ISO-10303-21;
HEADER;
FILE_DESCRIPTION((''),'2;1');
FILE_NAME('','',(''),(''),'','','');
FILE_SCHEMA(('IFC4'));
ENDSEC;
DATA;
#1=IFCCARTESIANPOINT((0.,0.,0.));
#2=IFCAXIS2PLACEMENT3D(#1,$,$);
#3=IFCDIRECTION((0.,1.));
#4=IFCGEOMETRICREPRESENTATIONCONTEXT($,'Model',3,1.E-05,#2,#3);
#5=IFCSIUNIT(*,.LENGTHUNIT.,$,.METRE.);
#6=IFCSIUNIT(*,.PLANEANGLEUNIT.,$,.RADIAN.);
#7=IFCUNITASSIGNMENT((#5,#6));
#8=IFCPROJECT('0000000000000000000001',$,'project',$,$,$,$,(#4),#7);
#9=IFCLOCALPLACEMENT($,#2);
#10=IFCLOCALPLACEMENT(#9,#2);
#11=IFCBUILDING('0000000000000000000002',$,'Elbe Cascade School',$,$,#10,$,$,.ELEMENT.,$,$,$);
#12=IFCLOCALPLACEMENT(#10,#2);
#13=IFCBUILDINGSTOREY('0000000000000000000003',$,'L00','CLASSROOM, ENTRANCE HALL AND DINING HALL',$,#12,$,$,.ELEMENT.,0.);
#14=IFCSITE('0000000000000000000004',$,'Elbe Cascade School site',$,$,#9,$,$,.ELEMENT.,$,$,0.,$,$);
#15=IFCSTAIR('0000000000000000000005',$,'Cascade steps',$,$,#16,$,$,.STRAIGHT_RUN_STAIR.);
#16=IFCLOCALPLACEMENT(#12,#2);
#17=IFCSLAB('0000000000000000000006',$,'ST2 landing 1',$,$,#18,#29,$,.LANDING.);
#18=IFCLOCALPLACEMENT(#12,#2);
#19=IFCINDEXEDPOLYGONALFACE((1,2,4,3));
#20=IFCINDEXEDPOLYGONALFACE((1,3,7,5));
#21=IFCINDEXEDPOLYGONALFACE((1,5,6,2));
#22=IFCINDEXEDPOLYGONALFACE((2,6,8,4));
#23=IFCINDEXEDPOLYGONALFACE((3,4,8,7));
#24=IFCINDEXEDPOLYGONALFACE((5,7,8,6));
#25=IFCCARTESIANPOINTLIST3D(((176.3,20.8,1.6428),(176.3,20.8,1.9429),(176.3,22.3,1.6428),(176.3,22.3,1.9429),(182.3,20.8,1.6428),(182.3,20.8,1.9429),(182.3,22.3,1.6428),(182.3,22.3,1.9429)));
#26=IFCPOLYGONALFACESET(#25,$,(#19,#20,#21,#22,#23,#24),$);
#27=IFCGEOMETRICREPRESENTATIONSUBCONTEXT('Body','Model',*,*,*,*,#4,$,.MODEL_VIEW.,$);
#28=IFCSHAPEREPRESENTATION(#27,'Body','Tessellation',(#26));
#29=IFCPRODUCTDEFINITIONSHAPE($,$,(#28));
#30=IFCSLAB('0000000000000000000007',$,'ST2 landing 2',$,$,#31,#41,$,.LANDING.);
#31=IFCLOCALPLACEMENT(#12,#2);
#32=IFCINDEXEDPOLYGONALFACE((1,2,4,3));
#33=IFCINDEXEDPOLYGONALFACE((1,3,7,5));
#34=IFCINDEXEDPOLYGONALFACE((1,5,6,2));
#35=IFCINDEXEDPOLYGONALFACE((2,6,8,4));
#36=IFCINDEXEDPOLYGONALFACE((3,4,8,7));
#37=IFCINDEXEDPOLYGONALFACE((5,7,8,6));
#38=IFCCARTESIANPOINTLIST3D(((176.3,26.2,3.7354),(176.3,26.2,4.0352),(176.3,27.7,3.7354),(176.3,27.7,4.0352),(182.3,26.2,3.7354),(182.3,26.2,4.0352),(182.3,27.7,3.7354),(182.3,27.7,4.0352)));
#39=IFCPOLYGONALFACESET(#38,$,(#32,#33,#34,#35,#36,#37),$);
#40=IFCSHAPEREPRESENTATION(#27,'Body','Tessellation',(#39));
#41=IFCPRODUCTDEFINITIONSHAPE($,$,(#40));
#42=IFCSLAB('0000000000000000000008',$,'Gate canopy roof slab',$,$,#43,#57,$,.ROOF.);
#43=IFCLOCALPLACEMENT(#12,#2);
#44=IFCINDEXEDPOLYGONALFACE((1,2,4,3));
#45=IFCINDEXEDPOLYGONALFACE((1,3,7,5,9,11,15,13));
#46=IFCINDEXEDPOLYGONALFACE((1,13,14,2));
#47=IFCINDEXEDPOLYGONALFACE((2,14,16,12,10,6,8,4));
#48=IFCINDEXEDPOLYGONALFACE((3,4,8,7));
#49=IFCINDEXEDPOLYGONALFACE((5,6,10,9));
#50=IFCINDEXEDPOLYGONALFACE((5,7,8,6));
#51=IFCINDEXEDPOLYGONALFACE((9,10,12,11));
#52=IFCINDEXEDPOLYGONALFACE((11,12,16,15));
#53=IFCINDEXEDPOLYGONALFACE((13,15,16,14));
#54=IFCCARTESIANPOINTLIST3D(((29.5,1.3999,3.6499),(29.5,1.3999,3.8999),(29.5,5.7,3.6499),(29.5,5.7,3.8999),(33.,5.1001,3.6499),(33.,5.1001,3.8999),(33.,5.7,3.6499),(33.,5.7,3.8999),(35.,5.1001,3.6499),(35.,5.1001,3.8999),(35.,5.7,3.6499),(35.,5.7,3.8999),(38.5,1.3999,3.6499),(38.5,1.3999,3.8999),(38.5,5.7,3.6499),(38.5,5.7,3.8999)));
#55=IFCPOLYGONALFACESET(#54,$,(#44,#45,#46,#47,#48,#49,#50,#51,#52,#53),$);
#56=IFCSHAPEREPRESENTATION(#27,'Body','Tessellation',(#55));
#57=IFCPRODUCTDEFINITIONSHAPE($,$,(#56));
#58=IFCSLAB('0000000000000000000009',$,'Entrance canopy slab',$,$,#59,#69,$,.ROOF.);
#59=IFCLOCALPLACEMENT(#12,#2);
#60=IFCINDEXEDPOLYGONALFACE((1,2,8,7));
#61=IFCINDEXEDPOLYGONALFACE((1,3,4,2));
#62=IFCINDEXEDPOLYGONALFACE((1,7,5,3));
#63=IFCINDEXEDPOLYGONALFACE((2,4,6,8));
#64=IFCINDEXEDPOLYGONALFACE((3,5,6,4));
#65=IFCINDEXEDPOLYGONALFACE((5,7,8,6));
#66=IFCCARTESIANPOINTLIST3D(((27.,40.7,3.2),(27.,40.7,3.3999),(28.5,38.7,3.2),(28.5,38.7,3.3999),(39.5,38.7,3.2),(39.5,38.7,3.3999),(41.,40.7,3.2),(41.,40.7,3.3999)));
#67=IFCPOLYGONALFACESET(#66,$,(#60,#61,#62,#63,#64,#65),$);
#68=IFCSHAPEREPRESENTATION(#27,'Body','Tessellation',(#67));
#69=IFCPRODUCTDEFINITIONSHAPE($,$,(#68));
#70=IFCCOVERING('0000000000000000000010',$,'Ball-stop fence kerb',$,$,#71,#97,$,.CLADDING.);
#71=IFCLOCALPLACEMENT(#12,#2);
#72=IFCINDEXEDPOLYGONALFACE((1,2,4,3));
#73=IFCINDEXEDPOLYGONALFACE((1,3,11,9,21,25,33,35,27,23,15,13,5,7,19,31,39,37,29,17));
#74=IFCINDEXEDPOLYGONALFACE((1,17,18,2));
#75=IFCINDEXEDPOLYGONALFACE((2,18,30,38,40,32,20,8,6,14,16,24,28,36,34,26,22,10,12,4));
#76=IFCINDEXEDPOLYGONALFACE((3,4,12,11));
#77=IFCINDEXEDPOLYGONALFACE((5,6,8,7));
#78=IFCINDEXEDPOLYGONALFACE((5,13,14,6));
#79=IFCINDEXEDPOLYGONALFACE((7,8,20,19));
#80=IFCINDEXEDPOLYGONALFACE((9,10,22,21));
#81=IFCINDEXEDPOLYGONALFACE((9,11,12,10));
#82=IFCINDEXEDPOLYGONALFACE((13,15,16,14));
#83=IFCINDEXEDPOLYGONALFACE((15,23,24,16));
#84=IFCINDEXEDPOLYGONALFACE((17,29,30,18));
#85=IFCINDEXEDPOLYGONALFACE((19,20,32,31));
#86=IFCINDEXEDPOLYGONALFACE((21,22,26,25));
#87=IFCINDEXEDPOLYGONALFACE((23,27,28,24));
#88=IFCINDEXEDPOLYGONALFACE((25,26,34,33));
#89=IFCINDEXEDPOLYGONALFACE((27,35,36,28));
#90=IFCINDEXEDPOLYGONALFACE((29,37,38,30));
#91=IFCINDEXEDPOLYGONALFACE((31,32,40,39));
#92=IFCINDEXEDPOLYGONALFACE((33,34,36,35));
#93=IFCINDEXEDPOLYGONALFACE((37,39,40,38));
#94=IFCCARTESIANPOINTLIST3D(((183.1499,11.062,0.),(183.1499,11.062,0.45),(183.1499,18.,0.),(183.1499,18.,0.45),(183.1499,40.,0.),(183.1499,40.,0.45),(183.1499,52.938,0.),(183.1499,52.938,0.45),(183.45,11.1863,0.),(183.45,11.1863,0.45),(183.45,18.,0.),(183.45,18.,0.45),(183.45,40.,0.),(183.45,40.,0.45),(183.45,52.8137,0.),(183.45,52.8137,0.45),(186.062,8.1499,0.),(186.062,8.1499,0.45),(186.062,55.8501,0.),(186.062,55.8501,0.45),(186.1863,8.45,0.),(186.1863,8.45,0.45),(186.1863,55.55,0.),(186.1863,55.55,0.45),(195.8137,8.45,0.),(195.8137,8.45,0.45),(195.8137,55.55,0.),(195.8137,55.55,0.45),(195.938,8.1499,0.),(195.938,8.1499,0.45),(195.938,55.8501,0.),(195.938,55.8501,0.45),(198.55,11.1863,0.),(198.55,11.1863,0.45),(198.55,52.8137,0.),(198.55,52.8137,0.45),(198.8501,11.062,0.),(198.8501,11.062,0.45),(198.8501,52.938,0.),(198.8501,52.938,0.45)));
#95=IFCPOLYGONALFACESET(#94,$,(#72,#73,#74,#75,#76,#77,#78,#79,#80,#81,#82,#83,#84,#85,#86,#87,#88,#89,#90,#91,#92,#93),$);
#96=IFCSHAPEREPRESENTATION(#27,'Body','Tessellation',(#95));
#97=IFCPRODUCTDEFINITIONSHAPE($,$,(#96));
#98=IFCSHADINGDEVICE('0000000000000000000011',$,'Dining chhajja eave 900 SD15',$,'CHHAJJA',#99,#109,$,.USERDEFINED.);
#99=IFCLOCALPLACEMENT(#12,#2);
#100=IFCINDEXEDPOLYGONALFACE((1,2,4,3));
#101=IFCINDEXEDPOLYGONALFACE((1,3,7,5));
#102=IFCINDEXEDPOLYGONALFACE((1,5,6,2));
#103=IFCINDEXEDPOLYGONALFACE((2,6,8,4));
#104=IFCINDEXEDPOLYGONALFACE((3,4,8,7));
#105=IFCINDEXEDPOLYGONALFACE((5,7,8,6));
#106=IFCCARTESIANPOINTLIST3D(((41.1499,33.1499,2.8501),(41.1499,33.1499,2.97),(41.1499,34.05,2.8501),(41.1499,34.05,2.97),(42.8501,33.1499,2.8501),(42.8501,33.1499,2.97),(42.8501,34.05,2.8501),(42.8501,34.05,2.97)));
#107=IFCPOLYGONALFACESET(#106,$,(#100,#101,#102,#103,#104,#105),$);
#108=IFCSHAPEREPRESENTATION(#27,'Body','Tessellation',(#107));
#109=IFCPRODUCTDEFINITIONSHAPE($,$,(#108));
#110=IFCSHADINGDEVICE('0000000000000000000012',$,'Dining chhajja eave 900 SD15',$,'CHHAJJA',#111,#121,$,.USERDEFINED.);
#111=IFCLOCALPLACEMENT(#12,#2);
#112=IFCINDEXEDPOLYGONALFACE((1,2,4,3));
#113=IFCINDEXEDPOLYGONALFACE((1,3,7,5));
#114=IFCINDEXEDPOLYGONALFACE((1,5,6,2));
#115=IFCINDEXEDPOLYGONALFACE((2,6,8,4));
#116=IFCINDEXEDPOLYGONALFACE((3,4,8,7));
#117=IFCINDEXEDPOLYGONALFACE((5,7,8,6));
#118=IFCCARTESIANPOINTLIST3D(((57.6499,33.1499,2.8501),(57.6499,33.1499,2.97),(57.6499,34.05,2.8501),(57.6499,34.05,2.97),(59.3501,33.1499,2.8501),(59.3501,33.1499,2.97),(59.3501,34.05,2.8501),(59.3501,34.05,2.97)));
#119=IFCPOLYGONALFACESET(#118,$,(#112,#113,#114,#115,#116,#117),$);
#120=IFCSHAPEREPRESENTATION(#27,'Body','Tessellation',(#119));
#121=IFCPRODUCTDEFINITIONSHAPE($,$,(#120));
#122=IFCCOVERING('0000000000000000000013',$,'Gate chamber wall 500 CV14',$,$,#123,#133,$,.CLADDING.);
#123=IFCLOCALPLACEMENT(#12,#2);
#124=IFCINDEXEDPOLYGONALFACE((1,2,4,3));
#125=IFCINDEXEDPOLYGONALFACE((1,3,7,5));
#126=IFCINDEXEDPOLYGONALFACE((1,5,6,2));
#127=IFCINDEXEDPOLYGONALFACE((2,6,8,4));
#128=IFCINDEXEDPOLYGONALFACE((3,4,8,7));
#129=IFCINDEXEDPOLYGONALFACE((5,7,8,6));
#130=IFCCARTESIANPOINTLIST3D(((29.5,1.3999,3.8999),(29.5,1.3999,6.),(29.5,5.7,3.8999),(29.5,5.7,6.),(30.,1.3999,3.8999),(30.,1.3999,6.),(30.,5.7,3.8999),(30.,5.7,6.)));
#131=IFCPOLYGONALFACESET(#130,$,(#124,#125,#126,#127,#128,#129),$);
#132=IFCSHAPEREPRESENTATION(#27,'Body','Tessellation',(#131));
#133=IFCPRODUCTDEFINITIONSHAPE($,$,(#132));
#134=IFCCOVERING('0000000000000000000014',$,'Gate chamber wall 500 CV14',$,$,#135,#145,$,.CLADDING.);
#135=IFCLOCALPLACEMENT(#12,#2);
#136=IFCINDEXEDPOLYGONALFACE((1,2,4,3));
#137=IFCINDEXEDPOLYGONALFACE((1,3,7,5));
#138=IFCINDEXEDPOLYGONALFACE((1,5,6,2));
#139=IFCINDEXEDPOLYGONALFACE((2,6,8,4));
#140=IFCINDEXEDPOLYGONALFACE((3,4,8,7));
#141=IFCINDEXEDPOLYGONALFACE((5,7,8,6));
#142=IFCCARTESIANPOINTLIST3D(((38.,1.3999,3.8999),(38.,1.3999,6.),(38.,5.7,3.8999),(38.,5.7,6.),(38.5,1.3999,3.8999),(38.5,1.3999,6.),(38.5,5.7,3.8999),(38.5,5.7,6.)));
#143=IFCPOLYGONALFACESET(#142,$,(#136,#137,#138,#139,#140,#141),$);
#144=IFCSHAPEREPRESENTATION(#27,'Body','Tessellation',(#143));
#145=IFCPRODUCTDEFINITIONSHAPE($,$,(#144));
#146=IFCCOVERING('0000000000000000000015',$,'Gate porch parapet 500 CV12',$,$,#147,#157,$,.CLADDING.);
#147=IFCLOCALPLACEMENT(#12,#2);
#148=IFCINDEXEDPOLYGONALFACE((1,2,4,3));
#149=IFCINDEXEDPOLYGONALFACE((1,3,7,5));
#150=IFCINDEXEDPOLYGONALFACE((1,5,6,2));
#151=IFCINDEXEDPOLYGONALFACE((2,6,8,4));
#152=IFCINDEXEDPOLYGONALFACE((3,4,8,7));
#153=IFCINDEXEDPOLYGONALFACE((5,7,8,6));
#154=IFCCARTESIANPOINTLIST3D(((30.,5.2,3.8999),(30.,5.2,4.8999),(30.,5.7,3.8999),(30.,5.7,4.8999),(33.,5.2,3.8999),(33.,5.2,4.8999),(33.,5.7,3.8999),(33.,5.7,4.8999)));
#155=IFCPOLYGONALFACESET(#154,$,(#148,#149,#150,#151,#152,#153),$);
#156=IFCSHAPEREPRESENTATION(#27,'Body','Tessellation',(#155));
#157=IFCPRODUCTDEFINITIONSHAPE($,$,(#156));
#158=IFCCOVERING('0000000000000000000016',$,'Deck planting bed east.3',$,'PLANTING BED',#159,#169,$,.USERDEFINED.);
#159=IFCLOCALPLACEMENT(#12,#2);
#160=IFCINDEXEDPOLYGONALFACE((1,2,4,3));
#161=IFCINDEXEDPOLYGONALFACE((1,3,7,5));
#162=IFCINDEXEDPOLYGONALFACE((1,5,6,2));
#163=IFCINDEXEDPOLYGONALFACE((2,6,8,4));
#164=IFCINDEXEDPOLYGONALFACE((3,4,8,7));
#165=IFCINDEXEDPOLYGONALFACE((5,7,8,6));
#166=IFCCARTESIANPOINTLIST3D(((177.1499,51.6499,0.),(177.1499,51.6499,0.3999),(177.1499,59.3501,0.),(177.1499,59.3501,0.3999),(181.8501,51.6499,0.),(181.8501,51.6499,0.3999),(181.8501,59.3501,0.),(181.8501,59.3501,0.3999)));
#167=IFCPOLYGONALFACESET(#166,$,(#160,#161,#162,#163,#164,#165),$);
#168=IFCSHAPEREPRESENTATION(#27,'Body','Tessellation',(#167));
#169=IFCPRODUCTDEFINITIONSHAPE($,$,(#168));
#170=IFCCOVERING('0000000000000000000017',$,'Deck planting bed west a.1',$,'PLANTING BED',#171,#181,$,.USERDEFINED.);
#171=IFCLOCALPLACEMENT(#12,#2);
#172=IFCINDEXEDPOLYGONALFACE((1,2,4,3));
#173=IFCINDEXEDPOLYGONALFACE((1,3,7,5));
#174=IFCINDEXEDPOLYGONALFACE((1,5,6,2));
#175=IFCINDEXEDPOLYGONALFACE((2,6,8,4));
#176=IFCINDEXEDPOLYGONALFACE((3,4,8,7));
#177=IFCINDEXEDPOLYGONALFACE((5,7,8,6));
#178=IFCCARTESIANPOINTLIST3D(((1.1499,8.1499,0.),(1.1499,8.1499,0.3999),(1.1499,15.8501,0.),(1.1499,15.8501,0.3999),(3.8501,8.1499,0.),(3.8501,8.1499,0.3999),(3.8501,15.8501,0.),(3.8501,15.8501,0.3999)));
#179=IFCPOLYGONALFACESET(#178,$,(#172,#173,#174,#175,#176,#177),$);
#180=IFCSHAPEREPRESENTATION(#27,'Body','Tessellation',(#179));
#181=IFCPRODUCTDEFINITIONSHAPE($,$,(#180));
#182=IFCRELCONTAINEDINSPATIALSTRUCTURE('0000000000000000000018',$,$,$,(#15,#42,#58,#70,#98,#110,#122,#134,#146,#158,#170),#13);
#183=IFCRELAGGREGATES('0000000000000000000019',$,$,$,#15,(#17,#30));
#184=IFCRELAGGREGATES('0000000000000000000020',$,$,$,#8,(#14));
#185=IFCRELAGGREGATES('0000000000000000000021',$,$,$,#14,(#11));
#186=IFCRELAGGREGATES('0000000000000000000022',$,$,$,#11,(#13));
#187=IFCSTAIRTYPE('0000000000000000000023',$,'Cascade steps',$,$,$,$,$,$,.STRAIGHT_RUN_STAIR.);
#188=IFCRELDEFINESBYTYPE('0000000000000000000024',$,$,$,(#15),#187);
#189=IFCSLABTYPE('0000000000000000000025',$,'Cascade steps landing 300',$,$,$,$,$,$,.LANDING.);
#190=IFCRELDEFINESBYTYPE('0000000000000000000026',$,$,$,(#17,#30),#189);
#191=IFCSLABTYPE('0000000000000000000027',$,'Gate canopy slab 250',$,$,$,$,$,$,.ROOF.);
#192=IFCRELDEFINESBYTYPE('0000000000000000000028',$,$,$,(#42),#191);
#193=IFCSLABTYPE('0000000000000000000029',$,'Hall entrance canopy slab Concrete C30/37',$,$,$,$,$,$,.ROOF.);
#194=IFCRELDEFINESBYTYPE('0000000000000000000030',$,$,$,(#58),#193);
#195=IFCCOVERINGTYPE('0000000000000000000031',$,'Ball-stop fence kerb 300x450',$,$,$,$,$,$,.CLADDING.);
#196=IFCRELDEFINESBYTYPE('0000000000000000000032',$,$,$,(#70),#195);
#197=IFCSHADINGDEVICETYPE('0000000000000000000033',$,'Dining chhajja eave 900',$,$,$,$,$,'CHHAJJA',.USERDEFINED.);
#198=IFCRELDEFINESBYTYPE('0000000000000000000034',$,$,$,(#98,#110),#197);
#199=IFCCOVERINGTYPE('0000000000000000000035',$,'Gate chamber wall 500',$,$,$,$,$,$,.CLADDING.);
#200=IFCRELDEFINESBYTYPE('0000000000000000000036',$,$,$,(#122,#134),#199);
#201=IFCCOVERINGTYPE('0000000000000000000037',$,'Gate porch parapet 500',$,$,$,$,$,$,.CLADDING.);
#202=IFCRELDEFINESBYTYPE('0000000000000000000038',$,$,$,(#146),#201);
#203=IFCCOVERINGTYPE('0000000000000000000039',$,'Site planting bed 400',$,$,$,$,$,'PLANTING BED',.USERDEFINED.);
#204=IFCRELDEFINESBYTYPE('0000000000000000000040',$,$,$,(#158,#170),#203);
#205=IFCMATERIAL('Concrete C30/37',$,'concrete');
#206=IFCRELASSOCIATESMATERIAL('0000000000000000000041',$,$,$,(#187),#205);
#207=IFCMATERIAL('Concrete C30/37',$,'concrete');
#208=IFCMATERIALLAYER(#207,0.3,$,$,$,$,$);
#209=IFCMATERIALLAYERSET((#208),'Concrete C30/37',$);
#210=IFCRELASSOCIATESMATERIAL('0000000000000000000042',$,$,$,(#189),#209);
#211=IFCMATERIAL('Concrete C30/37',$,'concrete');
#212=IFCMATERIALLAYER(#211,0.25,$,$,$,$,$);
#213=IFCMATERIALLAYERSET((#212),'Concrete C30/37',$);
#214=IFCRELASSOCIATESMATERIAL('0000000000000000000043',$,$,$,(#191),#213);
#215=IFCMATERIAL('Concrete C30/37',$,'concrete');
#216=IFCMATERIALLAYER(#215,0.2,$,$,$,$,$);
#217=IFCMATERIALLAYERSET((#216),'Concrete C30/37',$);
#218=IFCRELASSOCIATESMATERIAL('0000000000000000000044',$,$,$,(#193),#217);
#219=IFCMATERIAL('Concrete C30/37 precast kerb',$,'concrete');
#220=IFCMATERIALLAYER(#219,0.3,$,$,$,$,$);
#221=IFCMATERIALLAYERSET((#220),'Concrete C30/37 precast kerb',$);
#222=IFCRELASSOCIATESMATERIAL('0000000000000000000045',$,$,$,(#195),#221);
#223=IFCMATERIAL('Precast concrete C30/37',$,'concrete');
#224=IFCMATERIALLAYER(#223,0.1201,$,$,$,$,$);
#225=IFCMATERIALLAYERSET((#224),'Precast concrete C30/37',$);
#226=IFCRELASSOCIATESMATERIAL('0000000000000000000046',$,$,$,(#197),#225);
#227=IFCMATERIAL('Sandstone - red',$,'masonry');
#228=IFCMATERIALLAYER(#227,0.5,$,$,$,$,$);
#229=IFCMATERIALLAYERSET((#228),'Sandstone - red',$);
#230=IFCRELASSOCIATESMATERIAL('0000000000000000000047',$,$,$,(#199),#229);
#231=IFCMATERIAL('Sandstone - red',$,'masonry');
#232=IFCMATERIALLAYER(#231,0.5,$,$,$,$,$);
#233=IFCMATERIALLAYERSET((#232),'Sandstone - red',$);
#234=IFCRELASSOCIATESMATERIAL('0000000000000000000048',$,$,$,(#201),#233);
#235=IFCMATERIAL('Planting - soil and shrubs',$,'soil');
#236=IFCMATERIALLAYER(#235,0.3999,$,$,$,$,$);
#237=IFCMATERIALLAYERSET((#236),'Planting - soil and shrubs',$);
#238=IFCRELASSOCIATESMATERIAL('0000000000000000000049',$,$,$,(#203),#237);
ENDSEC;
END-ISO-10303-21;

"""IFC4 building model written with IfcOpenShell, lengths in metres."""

from ifc_helpers import new_model, si_unit, direction, frame, origin, place, context, subcontext, project, spatial, polyline, outline, extrude, material, layer, layer_set, type_object, element, aggregate, save


model = new_model("IFC4")

# Units and contexts
model_context = context("Model", 3, precision=1e-05, world=origin(), true_north=direction((0.0, 1.0)))
body_context = subcontext(model_context, "Body", "Model", "MODEL_VIEW")
ifc_project = project(units=[si_unit("LENGTHUNIT", "METRE"), si_unit("PLANEANGLEUNIT", "RADIAN")], contexts=[model_context])

# Site, building, storey
site_placement = place(None, origin())
site = spatial("IfcSite", under=ifc_project, at=site_placement, Name="Elbe Cascade School site", CompositionType="ELEMENT", RefElevation=0.0)
building_placement = place(site_placement, origin())
building = spatial("IfcBuilding", under=site, at=building_placement, Name="Elbe Cascade School", CompositionType="ELEMENT")
storey_placement = place(building_placement, origin())
storey = spatial("IfcBuildingStorey", under=building, at=storey_placement, Name="L00", Description="CLASSROOM, ENTRANCE HALL AND DINING HALL", CompositionType="ELEMENT", Elevation=0.0)

# Stair, slabs
ifc_material_1 = material(Name="Concrete C30/37", Category="concrete")
stair_type = type_object("IfcStairType", Name="Cascade steps", PredefinedType="STRAIGHT_RUN_STAIR", material=ifc_material_1)
stair_placement = place(storey_placement, origin())
stair = element("IfcStair", 1, at=stair_placement, inside=storey, type_object=stair_type, Name="Cascade steps", PredefinedType="STRAIGHT_RUN_STAIR")
ifc_material_2 = material(Name="Concrete C30/37", Category="concrete")
ifc_layer_1 = layer(ifc_material_2, 0.3)
ifc_layer_set_1 = layer_set([ifc_layer_1], Name="Concrete C30/37")
slab_type_1 = type_object("IfcSlabType", Name="Cascade steps landing 300", PredefinedType="LANDING", material=ifc_layer_set_1)
slab_1_placement = place(storey_placement, frame((0.0, 0.0, 1.6428)))
slab_1 = element("IfcSlab", 2, at=slab_1_placement, type_object=slab_type_1, Name="ST2 landing 1", PredefinedType="LANDING", context=body_context, shape_type="SweptSolid", body=[
    extrude(outline(polyline([(176.3, 20.8), (182.3, 20.8), (182.3, 22.3), (176.3, 22.3), (176.3, 20.8)])), origin(), (0.0, 0.0, 1.0), 0.3),
])
slab_2_placement = place(storey_placement, frame((0.0, 0.0, 3.7354)))
slab_2 = element("IfcSlab", 3, at=slab_2_placement, type_object=slab_type_1, Name="ST2 landing 2", PredefinedType="LANDING", context=body_context, shape_type="SweptSolid", body=[
    extrude(outline(polyline([(176.3, 26.2), (182.3, 26.2), (182.3, 27.7), (176.3, 27.7), (176.3, 26.2)])), origin(), (0.0, 0.0, 1.0), 0.2998),
])
aggregate(stair, [slab_1, slab_2])

# Slabs
ifc_material_3 = material(Name="Concrete C30/37", Category="concrete")
ifc_layer_2 = layer(ifc_material_3, 0.25)
ifc_layer_set_2 = layer_set([ifc_layer_2], Name="Concrete C30/37")
slab_type_2 = type_object("IfcSlabType", Name="Gate canopy slab 250", PredefinedType="ROOF", material=ifc_layer_set_2)
slab_3_placement = place(storey_placement, frame((0.0, 0.0, 3.6499)))
element("IfcSlab", 4, at=slab_3_placement, inside=storey, type_object=slab_type_2, Name="Gate canopy roof slab", PredefinedType="ROOF", context=body_context, shape_type="SweptSolid", body=[
    extrude(outline(polyline([(38.5, 5.7), (38.5, 1.3999), (29.5, 1.3999), (29.5, 5.7), (33.0, 5.7), (33.0, 5.1001), (35.0, 5.1001), (35.0, 5.7), (38.5, 5.7)])), origin(), (0.0, 0.0, 1.0), 0.25),
])
ifc_material_4 = material(Name="Concrete C30/37", Category="concrete")
ifc_layer_3 = layer(ifc_material_4, 0.2)
ifc_layer_set_3 = layer_set([ifc_layer_3], Name="Concrete C30/37")
slab_type_3 = type_object("IfcSlabType", Name="Hall entrance canopy slab Concrete C30/37", PredefinedType="ROOF", material=ifc_layer_set_3)
slab_4_placement = place(storey_placement, frame((0.0, 0.0, 3.2)))
element("IfcSlab", 5, at=slab_4_placement, inside=storey, type_object=slab_type_3, Name="Entrance canopy slab", PredefinedType="ROOF", context=body_context, shape_type="SweptSolid", body=[
    extrude(outline(polyline([(27.0, 40.7), (41.0, 40.7), (39.5, 38.7), (28.5, 38.7), (27.0, 40.7)])), origin(), (0.0, 0.0, 1.0), 0.2),
])

# Covering
ifc_material_5 = material(Name="Concrete C30/37 precast kerb", Category="concrete")
ifc_layer_4 = layer(ifc_material_5, 0.3)
ifc_layer_set_4 = layer_set([ifc_layer_4], Name="Concrete C30/37 precast kerb")
covering_type_1 = type_object("IfcCoveringType", Name="Ball-stop fence kerb 300x450", PredefinedType="CLADDING", material=ifc_layer_set_4)
covering_1_placement = place(storey_placement, origin())
element("IfcCovering", 6, at=covering_1_placement, inside=storey, type_object=covering_type_1, Name="Ball-stop fence kerb", PredefinedType="CLADDING", context=body_context, shape_type="SweptSolid", body=[
    extrude(outline(polyline([(183.45, 18.0), (183.1499, 18.0), (183.1499, 11.062), (186.062, 8.1499), (195.938, 8.1499), (198.8501, 11.062), (198.8501, 52.938), (195.938, 55.8501), (186.062, 55.8501), (183.1499, 52.938), (183.1499, 40.0), (183.45, 40.0), (183.45, 52.8137), (186.1863, 55.55), (195.8137, 55.55), (198.55, 52.8137), (198.55, 11.1863), (195.8137, 8.45), (186.1863, 8.45), (183.45, 11.1863), (183.45, 18.0)])), origin(), (0.0, 0.0, 1.0), 0.45),
])

# Shading devices
ifc_material_6 = material(Name="Precast concrete C30/37", Category="concrete")
ifc_layer_5 = layer(ifc_material_6, 0.1201)
ifc_layer_set_5 = layer_set([ifc_layer_5], Name="Precast concrete C30/37")
shading_device_type = type_object("IfcShadingDeviceType", Name="Dining chhajja eave 900", ElementType="CHHAJJA", PredefinedType="USERDEFINED", material=ifc_layer_set_5)
shading_device_1_placement = place(storey_placement, frame((0.0, 0.0, 2.8501)))
element("IfcShadingDevice", 7, at=shading_device_1_placement, inside=storey, type_object=shading_device_type, Name="Dining chhajja eave 900 SD15", ObjectType="CHHAJJA", PredefinedType="USERDEFINED", context=body_context, shape_type="SweptSolid", body=[
    extrude(outline(polyline([(41.1499, 33.1499), (42.8501, 33.1499), (42.8501, 34.05), (41.1499, 34.05), (41.1499, 33.1499)])), origin(), (0.0, 0.0, 1.0), 0.1199),
])
shading_device_2_placement = place(storey_placement, frame((0.0, 0.0, 2.8501)))
element("IfcShadingDevice", 8, at=shading_device_2_placement, inside=storey, type_object=shading_device_type, Name="Dining chhajja eave 900 SD15", ObjectType="CHHAJJA", PredefinedType="USERDEFINED", context=body_context, shape_type="SweptSolid", body=[
    extrude(outline(polyline([(57.6499, 33.1499), (59.3501, 33.1499), (59.3501, 34.05), (57.6499, 34.05), (57.6499, 33.1499)])), origin(), (0.0, 0.0, 1.0), 0.1199),
])

# Coverings
ifc_material_7 = material(Name="Sandstone - red", Category="masonry")
ifc_layer_6 = layer(ifc_material_7, 0.5)
ifc_layer_set_6 = layer_set([ifc_layer_6], Name="Sandstone - red")
covering_type_2 = type_object("IfcCoveringType", Name="Gate chamber wall 500", PredefinedType="CLADDING", material=ifc_layer_set_6)
covering_2_placement = place(storey_placement, frame((0.0, 0.0, 3.8999)))
element("IfcCovering", 9, at=covering_2_placement, inside=storey, type_object=covering_type_2, Name="Gate chamber wall 500 CV14", PredefinedType="CLADDING", context=body_context, shape_type="SweptSolid", body=[
    extrude(outline(polyline([(29.5, 1.3999), (30.0, 1.3999), (30.0, 5.7), (29.5, 5.7), (29.5, 1.3999)])), origin(), (0.0, 0.0, 1.0), 2.1001),
])
covering_3_placement = place(storey_placement, frame((0.0, 0.0, 3.8999)))
element("IfcCovering", 10, at=covering_3_placement, inside=storey, type_object=covering_type_2, Name="Gate chamber wall 500 CV14", PredefinedType="CLADDING", context=body_context, shape_type="SweptSolid", body=[
    extrude(outline(polyline([(38.0, 1.3999), (38.5, 1.3999), (38.5, 5.7), (38.0, 5.7), (38.0, 1.3999)])), origin(), (0.0, 0.0, 1.0), 2.1001),
])
ifc_material_8 = material(Name="Sandstone - red", Category="masonry")
ifc_layer_7 = layer(ifc_material_8, 0.5)
ifc_layer_set_7 = layer_set([ifc_layer_7], Name="Sandstone - red")
covering_type_3 = type_object("IfcCoveringType", Name="Gate porch parapet 500", PredefinedType="CLADDING", material=ifc_layer_set_7)
covering_4_placement = place(storey_placement, frame((0.0, 0.0, 3.8999)))
element("IfcCovering", 11, at=covering_4_placement, inside=storey, type_object=covering_type_3, Name="Gate porch parapet 500 CV12", PredefinedType="CLADDING", context=body_context, shape_type="SweptSolid", body=[
    extrude(outline(polyline([(30.0, 5.2), (33.0, 5.2), (33.0, 5.7), (30.0, 5.7), (30.0, 5.2)])), origin(), (0.0, 0.0, 1.0), 1.0),
])
ifc_material_9 = material(Name="Planting - soil and shrubs", Category="soil")
ifc_layer_8 = layer(ifc_material_9, 0.3999)
ifc_layer_set_8 = layer_set([ifc_layer_8], Name="Planting - soil and shrubs")
covering_type_4 = type_object("IfcCoveringType", Name="Site planting bed 400", ElementType="PLANTING BED", PredefinedType="USERDEFINED", material=ifc_layer_set_8)
covering_5_placement = place(storey_placement, origin())
element("IfcCovering", 12, at=covering_5_placement, inside=storey, type_object=covering_type_4, Name="Deck planting bed east.3", ObjectType="PLANTING BED", PredefinedType="USERDEFINED", context=body_context, shape_type="SweptSolid", body=[
    extrude(outline(polyline([(177.1499, 51.6499), (181.8501, 51.6499), (181.8501, 59.3501), (177.1499, 59.3501), (177.1499, 51.6499)])), origin(), (0.0, 0.0, 1.0), 0.3999),
])
covering_6_placement = place(storey_placement, origin())
element("IfcCovering", 13, at=covering_6_placement, inside=storey, type_object=covering_type_4, Name="Deck planting bed west a.1", ObjectType="PLANTING BED", PredefinedType="USERDEFINED", context=body_context, shape_type="SweptSolid", body=[
    extrude(outline(polyline([(1.1499, 8.1499), (3.8501, 8.1499), (3.8501, 15.8501), (1.1499, 15.8501), (1.1499, 8.1499)])), origin(), (0.0, 0.0, 1.0), 0.3999),
])

save(model, "model.ifc")
